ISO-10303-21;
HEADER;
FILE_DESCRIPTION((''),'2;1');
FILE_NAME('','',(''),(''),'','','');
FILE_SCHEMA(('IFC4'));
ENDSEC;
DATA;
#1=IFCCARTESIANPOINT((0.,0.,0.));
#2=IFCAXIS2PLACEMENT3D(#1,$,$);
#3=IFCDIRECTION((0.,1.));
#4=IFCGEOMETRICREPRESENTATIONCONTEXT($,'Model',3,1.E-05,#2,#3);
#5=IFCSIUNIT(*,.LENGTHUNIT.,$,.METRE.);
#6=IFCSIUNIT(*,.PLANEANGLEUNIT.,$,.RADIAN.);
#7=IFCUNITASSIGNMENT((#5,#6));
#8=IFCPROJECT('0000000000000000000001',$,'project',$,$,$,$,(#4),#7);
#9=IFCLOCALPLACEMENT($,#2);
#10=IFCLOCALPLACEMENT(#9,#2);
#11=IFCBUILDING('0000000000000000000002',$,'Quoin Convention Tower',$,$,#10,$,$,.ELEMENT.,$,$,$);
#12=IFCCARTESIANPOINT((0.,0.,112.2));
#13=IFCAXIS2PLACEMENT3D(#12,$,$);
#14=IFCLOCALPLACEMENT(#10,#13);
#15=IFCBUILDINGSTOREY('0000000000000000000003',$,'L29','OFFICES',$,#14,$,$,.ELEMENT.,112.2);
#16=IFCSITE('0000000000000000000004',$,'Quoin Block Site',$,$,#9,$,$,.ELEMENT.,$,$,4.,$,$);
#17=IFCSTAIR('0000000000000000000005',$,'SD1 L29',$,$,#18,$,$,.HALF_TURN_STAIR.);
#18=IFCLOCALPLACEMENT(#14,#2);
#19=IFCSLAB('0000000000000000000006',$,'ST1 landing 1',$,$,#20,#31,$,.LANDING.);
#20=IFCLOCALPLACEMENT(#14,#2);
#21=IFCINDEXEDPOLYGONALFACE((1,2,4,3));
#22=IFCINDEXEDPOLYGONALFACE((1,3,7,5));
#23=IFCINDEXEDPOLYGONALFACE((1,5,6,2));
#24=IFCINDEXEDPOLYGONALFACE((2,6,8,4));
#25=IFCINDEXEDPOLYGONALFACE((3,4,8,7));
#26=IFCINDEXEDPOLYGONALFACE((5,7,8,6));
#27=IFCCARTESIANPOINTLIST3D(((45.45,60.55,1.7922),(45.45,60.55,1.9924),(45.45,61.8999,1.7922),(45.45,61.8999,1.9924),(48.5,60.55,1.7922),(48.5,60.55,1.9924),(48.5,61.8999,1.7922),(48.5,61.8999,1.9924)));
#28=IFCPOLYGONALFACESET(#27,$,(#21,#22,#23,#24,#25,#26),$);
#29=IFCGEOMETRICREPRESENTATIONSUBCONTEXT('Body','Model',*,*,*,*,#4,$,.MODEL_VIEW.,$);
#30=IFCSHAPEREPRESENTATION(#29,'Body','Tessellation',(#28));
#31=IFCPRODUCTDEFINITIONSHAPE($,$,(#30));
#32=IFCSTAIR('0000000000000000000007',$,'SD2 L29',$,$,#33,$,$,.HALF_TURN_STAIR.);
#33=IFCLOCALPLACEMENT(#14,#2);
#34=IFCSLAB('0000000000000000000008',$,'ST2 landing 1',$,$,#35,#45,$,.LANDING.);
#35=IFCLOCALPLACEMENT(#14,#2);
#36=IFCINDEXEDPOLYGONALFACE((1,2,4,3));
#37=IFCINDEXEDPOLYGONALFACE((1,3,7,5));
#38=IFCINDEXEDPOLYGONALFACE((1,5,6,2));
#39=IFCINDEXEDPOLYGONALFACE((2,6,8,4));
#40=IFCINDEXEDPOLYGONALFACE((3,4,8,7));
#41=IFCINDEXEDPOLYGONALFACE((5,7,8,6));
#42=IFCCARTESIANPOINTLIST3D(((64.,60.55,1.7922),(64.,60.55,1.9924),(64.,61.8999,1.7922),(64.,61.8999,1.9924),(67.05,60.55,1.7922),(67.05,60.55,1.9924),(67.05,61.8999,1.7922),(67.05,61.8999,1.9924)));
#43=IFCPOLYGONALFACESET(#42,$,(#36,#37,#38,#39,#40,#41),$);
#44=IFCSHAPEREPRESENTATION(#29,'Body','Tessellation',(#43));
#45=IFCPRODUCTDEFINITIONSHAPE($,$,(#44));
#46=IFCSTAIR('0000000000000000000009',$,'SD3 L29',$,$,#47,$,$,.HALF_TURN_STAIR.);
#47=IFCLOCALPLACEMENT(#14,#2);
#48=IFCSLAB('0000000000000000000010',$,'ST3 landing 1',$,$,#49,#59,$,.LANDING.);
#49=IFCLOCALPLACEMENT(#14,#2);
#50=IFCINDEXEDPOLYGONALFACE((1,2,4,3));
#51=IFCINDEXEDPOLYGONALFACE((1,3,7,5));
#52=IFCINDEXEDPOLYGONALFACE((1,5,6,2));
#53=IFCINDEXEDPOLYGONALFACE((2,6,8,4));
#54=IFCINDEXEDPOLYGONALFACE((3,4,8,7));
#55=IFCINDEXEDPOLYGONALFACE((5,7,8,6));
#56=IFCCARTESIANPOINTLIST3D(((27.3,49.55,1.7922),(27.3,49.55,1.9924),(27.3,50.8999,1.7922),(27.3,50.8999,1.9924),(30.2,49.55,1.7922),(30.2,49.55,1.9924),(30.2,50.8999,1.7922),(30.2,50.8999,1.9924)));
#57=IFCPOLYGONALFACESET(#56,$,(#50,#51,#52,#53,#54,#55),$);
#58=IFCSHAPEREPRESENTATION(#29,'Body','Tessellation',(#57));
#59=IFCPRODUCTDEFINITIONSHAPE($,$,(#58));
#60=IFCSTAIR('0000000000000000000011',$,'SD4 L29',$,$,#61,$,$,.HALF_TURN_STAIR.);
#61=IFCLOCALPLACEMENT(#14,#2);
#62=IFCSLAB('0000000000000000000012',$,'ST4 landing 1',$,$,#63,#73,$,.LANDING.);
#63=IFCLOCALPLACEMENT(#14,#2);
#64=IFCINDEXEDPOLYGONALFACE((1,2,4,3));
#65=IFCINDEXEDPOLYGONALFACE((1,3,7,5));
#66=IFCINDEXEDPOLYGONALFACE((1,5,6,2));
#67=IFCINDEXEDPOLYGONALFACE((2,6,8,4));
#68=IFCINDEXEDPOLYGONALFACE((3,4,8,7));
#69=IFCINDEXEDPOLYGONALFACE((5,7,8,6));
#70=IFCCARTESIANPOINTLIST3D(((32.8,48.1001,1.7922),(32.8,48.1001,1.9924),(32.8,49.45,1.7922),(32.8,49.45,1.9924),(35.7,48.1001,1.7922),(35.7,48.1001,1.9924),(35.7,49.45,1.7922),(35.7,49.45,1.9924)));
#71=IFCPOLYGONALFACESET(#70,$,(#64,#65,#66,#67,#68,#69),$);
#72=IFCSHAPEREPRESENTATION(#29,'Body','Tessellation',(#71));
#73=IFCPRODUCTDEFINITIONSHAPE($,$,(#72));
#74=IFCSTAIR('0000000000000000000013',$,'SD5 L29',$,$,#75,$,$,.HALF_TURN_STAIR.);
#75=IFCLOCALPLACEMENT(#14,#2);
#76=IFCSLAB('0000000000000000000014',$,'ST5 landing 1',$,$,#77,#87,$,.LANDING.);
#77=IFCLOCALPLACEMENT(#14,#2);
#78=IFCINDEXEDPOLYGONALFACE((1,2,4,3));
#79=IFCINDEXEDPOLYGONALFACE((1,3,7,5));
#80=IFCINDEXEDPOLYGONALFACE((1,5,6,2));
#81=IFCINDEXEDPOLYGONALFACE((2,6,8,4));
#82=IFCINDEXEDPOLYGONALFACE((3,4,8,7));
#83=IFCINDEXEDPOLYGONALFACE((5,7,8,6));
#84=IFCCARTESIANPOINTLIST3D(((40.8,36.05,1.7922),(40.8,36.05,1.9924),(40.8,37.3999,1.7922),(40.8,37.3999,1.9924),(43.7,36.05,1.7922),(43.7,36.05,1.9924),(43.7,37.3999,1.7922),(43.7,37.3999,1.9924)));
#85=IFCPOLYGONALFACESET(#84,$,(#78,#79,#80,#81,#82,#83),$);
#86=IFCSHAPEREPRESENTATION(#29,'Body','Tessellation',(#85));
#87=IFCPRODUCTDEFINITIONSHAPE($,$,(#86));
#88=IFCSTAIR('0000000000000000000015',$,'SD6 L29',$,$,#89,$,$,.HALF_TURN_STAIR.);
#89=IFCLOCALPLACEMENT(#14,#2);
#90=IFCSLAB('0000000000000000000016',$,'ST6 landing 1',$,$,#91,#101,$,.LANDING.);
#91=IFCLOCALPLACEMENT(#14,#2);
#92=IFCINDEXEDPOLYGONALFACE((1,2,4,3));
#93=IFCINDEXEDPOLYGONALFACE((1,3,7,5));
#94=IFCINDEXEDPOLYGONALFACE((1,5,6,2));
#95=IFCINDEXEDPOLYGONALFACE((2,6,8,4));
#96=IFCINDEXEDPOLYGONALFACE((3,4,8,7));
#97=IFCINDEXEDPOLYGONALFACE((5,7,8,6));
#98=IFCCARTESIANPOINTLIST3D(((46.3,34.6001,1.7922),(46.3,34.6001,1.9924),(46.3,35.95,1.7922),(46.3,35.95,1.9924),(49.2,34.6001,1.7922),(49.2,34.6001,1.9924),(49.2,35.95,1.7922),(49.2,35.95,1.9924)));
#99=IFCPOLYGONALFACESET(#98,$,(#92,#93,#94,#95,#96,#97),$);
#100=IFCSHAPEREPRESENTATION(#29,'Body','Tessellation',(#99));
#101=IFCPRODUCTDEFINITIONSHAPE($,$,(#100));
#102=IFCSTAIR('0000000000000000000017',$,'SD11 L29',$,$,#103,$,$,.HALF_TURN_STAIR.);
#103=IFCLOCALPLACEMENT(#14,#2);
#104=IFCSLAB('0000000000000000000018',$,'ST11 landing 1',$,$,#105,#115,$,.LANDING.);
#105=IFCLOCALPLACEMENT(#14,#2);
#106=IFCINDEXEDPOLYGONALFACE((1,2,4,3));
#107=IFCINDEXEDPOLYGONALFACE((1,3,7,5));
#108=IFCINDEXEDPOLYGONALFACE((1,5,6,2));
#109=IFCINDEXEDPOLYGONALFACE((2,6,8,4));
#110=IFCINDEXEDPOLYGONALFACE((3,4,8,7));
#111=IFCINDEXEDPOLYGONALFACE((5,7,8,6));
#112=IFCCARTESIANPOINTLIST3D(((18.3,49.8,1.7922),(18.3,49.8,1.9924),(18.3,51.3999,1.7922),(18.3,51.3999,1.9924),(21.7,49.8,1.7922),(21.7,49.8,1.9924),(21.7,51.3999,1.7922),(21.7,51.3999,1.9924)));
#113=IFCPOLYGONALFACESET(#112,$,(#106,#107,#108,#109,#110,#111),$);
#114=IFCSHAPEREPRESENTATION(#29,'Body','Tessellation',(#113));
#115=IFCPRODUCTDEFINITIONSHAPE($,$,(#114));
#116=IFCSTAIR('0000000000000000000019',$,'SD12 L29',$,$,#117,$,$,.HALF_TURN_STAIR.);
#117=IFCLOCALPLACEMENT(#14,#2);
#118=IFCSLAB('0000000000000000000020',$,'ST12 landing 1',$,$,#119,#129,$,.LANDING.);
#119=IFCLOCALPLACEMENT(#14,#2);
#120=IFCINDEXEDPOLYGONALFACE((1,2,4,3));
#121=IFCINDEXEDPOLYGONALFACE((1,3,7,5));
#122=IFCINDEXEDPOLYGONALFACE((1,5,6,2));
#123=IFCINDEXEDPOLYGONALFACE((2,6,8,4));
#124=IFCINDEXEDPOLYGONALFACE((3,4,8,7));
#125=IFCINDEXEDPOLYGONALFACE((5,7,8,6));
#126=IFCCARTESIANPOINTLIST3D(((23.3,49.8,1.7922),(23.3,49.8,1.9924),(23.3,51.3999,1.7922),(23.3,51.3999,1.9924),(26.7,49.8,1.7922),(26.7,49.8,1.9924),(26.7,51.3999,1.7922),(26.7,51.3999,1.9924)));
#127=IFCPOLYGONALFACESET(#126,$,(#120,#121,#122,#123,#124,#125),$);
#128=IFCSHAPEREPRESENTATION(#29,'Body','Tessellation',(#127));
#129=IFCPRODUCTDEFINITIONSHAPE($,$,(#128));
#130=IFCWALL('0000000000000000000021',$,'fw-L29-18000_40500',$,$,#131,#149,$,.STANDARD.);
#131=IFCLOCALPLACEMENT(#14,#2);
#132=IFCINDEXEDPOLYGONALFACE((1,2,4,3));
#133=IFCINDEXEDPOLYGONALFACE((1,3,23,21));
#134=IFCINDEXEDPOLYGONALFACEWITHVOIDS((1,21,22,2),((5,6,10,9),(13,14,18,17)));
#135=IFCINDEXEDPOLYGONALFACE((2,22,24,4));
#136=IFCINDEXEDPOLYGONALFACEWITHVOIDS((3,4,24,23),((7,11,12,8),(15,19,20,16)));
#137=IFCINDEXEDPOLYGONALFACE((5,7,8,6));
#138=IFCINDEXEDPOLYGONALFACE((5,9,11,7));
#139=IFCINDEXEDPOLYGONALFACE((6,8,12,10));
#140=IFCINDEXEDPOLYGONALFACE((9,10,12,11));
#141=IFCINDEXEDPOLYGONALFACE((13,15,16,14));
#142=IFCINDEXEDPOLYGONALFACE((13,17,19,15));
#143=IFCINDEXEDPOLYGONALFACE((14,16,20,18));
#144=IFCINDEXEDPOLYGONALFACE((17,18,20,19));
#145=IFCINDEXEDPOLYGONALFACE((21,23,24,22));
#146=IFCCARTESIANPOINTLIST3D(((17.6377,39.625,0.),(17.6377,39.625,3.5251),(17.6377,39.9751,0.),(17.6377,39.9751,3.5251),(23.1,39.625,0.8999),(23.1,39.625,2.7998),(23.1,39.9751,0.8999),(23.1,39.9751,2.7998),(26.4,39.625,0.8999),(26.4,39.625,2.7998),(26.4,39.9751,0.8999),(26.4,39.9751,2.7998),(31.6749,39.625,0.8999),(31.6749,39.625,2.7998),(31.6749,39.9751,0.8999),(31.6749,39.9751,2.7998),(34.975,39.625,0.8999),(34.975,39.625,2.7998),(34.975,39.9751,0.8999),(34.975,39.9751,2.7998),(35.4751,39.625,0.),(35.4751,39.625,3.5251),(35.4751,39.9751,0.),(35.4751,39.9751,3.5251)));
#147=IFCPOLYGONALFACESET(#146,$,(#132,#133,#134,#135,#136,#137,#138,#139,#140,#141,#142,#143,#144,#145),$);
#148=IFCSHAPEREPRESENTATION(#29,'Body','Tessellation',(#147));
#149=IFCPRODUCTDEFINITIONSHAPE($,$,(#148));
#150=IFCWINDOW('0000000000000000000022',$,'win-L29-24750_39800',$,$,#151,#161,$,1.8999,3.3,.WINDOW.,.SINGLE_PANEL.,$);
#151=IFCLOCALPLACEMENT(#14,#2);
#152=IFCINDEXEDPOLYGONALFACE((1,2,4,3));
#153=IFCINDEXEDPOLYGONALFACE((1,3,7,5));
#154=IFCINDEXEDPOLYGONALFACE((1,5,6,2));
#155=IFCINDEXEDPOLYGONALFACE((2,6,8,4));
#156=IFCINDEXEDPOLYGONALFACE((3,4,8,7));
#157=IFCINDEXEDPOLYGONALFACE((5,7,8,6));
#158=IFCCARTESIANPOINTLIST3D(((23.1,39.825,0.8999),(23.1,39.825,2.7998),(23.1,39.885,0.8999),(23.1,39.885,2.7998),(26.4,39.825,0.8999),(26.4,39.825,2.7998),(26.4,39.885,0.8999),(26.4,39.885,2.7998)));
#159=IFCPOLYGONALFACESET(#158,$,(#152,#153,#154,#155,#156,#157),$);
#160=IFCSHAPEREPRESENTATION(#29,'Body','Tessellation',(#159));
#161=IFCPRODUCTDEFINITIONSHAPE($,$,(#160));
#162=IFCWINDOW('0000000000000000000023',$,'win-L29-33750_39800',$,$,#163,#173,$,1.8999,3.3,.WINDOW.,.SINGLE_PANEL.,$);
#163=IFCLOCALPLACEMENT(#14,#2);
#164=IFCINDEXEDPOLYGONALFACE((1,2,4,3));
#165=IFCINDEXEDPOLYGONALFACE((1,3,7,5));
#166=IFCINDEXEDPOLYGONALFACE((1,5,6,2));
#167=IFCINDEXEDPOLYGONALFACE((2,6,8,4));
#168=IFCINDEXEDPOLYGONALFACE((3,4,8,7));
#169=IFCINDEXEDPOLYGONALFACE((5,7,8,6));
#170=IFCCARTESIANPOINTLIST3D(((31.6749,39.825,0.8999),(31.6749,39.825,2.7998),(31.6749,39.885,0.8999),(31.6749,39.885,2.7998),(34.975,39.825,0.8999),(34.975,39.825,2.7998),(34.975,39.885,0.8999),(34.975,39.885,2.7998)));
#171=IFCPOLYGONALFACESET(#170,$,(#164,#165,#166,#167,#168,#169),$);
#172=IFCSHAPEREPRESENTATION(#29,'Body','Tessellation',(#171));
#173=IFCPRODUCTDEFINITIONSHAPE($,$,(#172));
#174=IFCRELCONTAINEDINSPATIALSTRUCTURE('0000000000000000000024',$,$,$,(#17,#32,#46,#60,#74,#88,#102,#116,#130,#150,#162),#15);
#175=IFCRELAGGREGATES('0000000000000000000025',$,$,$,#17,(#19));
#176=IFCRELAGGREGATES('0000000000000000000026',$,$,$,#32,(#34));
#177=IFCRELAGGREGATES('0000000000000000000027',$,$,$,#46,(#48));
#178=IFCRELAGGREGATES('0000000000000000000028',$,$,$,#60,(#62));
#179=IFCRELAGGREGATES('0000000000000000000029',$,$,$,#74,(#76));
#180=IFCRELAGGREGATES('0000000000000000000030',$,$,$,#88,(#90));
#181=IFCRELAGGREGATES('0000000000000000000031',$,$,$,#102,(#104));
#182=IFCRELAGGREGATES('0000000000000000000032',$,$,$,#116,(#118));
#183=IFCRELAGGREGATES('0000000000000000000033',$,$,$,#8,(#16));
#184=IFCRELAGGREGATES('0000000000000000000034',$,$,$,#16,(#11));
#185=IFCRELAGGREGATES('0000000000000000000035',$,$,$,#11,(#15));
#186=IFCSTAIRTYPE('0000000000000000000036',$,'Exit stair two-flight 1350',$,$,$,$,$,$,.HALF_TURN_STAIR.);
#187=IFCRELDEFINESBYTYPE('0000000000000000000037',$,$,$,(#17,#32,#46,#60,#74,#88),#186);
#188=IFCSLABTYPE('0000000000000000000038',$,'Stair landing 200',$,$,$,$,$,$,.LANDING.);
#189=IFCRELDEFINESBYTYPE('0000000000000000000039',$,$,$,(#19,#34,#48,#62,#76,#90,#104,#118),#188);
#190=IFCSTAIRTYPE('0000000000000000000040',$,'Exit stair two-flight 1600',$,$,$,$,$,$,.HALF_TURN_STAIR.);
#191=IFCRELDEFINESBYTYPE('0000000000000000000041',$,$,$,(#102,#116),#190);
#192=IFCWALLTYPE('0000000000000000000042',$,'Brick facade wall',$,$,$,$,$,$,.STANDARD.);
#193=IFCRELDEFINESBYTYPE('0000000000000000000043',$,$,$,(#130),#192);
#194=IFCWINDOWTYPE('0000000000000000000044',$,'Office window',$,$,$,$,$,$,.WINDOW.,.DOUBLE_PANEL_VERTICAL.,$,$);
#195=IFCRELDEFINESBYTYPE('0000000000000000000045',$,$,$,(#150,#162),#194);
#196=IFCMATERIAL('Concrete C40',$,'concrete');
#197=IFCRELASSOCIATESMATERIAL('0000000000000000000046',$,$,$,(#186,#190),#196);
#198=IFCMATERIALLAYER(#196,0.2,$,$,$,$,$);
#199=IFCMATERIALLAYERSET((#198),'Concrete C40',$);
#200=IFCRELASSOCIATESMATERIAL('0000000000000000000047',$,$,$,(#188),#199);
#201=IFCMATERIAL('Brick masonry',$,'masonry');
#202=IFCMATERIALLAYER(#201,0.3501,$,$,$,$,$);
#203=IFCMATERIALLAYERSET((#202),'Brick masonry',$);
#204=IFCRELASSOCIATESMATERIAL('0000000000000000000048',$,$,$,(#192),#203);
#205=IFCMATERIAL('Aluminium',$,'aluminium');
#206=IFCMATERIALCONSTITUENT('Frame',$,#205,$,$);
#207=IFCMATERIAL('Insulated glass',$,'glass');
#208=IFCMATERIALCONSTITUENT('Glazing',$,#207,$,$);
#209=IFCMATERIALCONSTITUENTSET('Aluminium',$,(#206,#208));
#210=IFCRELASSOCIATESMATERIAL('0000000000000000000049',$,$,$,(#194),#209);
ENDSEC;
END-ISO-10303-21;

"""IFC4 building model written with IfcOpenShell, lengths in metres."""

from ifc_helpers import new_model, si_unit, direction, frame, frame_2d, origin, place, context, subcontext, project, spatial, polyline, rectangle, outline, extrude, material, layer, layer_set, constituent, constituent_set, type_object, element, fill, aggregate, save


model = new_model("IFC4")

# Units and contexts
model_context = context("Model", 3, precision=1e-05, world=origin(), true_north=direction((0.0, 1.0)))
body_context = subcontext(model_context, "Body", "Model", "MODEL_VIEW")
ifc_project = project(units=[si_unit("LENGTHUNIT", "METRE"), si_unit("PLANEANGLEUNIT", "RADIAN")], contexts=[model_context])

# Site, building, storey
site_placement = place(None, origin())
site = spatial("IfcSite", under=ifc_project, at=site_placement, Name="Quoin Block Site", CompositionType="ELEMENT", RefElevation=4.0)
building_placement = place(site_placement, origin())
building = spatial("IfcBuilding", under=site, at=building_placement, Name="Quoin Convention Tower", CompositionType="ELEMENT")
storey_placement = place(building_placement, frame((0.0, 0.0, 112.2)))
storey = spatial("IfcBuildingStorey", under=building, at=storey_placement, Name="L29", Description="OFFICES", CompositionType="ELEMENT", Elevation=112.2)

# Shared definitions
ifc_material_1 = material(Name="Concrete C40", Category="concrete")

# Stairs, slabs
stair_type_1 = type_object("IfcStairType", Name="Exit stair two-flight 1350", PredefinedType="HALF_TURN_STAIR", material=ifc_material_1)
stair_1_placement = place(storey_placement, origin())
stair_1 = element("IfcStair", 1, at=stair_1_placement, inside=storey, type_object=stair_type_1, Name="SD1 L29", PredefinedType="HALF_TURN_STAIR")
ifc_layer_1 = layer(ifc_material_1, 0.2)
ifc_layer_set_1 = layer_set([ifc_layer_1], Name="Concrete C40")
slab_type_1 = type_object("IfcSlabType", Name="Stair landing 200", PredefinedType="LANDING", material=ifc_layer_set_1)
slab_1_placement = place(storey_placement, frame((0.0, 0.0, 1.7922)))
slab_1 = element("IfcSlab", 2, at=slab_1_placement, type_object=slab_type_1, Name="ST1 landing 1", PredefinedType="LANDING", context=body_context, shape_type="SweptSolid", body=[
    extrude(outline(polyline([(45.45, 60.55), (48.5, 60.55), (48.5, 61.8999), (45.45, 61.8999), (45.45, 60.55)])), origin(), (0.0, 0.0, 1.0), 0.2002),
])
aggregate(stair_1, [slab_1])
stair_2_placement = place(storey_placement, origin())
stair_2 = element("IfcStair", 3, at=stair_2_placement, inside=storey, type_object=stair_type_1, Name="SD2 L29", PredefinedType="HALF_TURN_STAIR")
slab_2_placement = place(storey_placement, frame((0.0, 0.0, 1.7922)))
slab_2 = element("IfcSlab", 4, at=slab_2_placement, type_object=slab_type_1, Name="ST2 landing 1", PredefinedType="LANDING", context=body_context, shape_type="SweptSolid", body=[
    extrude(outline(polyline([(64.0, 60.55), (67.05, 60.55), (67.05, 61.8999), (64.0, 61.8999), (64.0, 60.55)])), origin(), (0.0, 0.0, 1.0), 0.2002),
])
aggregate(stair_2, [slab_2])
stair_3_placement = place(storey_placement, origin())
stair_3 = element("IfcStair", 5, at=stair_3_placement, inside=storey, type_object=stair_type_1, Name="SD3 L29", PredefinedType="HALF_TURN_STAIR")
slab_3_placement = place(storey_placement, frame((0.0, 0.0, 1.7922)))
slab_3 = element("IfcSlab", 6, at=slab_3_placement, type_object=slab_type_1, Name="ST3 landing 1", PredefinedType="LANDING", context=body_context, shape_type="SweptSolid", body=[
    extrude(outline(polyline([(27.3, 49.55), (30.2, 49.55), (30.2, 50.8999), (27.3, 50.8999), (27.3, 49.55)])), origin(), (0.0, 0.0, 1.0), 0.2002),
])
aggregate(stair_3, [slab_3])
stair_4_placement = place(storey_placement, origin())
stair_4 = element("IfcStair", 7, at=stair_4_placement, inside=storey, type_object=stair_type_1, Name="SD4 L29", PredefinedType="HALF_TURN_STAIR")
slab_4_placement = place(storey_placement, frame((0.0, 0.0, 1.7922)))
slab_4 = element("IfcSlab", 8, at=slab_4_placement, type_object=slab_type_1, Name="ST4 landing 1", PredefinedType="LANDING", context=body_context, shape_type="SweptSolid", body=[
    extrude(outline(polyline([(35.7, 49.45), (32.8, 49.45), (32.8, 48.1001), (35.7, 48.1001), (35.7, 49.45)])), origin(), (0.0, 0.0, 1.0), 0.2002),
])
aggregate(stair_4, [slab_4])
stair_5_placement = place(storey_placement, origin())
stair_5 = element("IfcStair", 9, at=stair_5_placement, inside=storey, type_object=stair_type_1, Name="SD5 L29", PredefinedType="HALF_TURN_STAIR")
slab_5_placement = place(storey_placement, frame((0.0, 0.0, 1.7922)))
slab_5 = element("IfcSlab", 10, at=slab_5_placement, type_object=slab_type_1, Name="ST5 landing 1", PredefinedType="LANDING", context=body_context, shape_type="SweptSolid", body=[
    extrude(outline(polyline([(40.8, 36.05), (43.7, 36.05), (43.7, 37.3999), (40.8, 37.3999), (40.8, 36.05)])), origin(), (0.0, 0.0, 1.0), 0.2002),
])
aggregate(stair_5, [slab_5])
stair_6_placement = place(storey_placement, origin())
stair_6 = element("IfcStair", 11, at=stair_6_placement, inside=storey, type_object=stair_type_1, Name="SD6 L29", PredefinedType="HALF_TURN_STAIR")
slab_6_placement = place(storey_placement, frame((0.0, 0.0, 1.7922)))
slab_6 = element("IfcSlab", 12, at=slab_6_placement, type_object=slab_type_1, Name="ST6 landing 1", PredefinedType="LANDING", context=body_context, shape_type="SweptSolid", body=[
    extrude(outline(polyline([(49.2, 35.95), (46.3, 35.95), (46.3, 34.6001), (49.2, 34.6001), (49.2, 35.95)])), origin(), (0.0, 0.0, 1.0), 0.2002),
])
aggregate(stair_6, [slab_6])
stair_type_2 = type_object("IfcStairType", Name="Exit stair two-flight 1600", PredefinedType="HALF_TURN_STAIR", material=ifc_material_1)
stair_7_placement = place(storey_placement, origin())
stair_7 = element("IfcStair", 13, at=stair_7_placement, inside=storey, type_object=stair_type_2, Name="SD11 L29", PredefinedType="HALF_TURN_STAIR")
slab_7_placement = place(storey_placement, frame((0.0, 0.0, 1.7922)))
slab_7 = element("IfcSlab", 14, at=slab_7_placement, type_object=slab_type_1, Name="ST11 landing 1", PredefinedType="LANDING", context=body_context, shape_type="SweptSolid", body=[
    extrude(outline(polyline([(21.7, 51.3999), (18.3, 51.3999), (18.3, 49.8), (21.7, 49.8), (21.7, 51.3999)])), origin(), (0.0, 0.0, 1.0), 0.2002),
])
aggregate(stair_7, [slab_7])
stair_8_placement = place(storey_placement, origin())
stair_8 = element("IfcStair", 15, at=stair_8_placement, inside=storey, type_object=stair_type_2, Name="SD12 L29", PredefinedType="HALF_TURN_STAIR")
slab_8_placement = place(storey_placement, frame((0.0, 0.0, 1.7922)))
slab_8 = element("IfcSlab", 16, at=slab_8_placement, type_object=slab_type_1, Name="ST12 landing 1", PredefinedType="LANDING", context=body_context, shape_type="SweptSolid", body=[
    extrude(outline(polyline([(26.7, 51.3999), (23.3, 51.3999), (23.3, 49.8), (26.7, 49.8), (26.7, 51.3999)])), origin(), (0.0, 0.0, 1.0), 0.2002),
])
aggregate(stair_8, [slab_8])

# Wall, openings, windows
ifc_material_2 = material(Name="Brick masonry", Category="masonry")
ifc_layer_2 = layer(ifc_material_2, 0.3501)
ifc_layer_set_2 = layer_set([ifc_layer_2], Name="Brick masonry")
wall_type_1 = type_object("IfcWallType", Name="Brick facade wall", PredefinedType="STANDARD", material=ifc_layer_set_2)
wall_1_placement = place(storey_placement, frame((17.6377, 39.8, 0.0), z_axis=(0.0, 0.0, 1.0), x_axis=(1.0, 0.0, 0.0)))
wall_1 = element("IfcWall", 17, at=wall_1_placement, inside=storey, type_object=wall_type_1, Name="fw-L29-18000_40500", PredefinedType="STANDARD", context=body_context, shape_type="SweptSolid", body=[
    extrude(rectangle(XDim=17.8374, YDim=0.3501, at=frame_2d((8.9187, 0.0))), origin(), (0.0, 0.0, 1.0), 3.5251),
])
opening_1_placement = place(wall_1_placement, frame((5.4624, 0.0, 0.8999)))
opening_1 = element("IfcOpeningElement", 18, at=opening_1_placement, cuts=wall_1, PredefinedType="OPENING", context=body_context, shape_type="SweptSolid", body=[
    extrude(rectangle(XDim=3.3, YDim=1.8999, at=frame_2d((1.6499, 0.95))), frame((0.0, 0.1851, 0.0), z_axis=(0.0, -1.0, 0.0), x_axis=(1.0, 0.0, 0.0)), (0.0, 0.0, 1.0), 0.3701),
])
opening_2_placement = place(wall_1_placement, frame((14.0374, 0.0, 0.8999)))
opening_2 = element("IfcOpeningElement", 19, at=opening_2_placement, cuts=wall_1, PredefinedType="OPENING", context=body_context, shape_type="SweptSolid", body=[
    extrude(rectangle(XDim=3.3, YDim=1.8999, at=frame_2d((1.6499, 0.95))), frame((0.0, 0.1851, 0.0), z_axis=(0.0, -1.0, 0.0), x_axis=(1.0, 0.0, 0.0)), (0.0, 0.0, 1.0), 0.3701),
])
ifc_material_3 = material(Name="Aluminium", Category="aluminium")
ifc_constituent_1 = constituent(ifc_material_3, Name="Frame")
ifc_material_4 = material(Name="Insulated glass", Category="glass")
ifc_constituent_2 = constituent(ifc_material_4, Name="Glazing")
ifc_constituent_set = constituent_set(constituents=[ifc_constituent_1, ifc_constituent_2], Name="Aluminium")
window_type = type_object("IfcWindowType", Name="Office window", PartitioningType="DOUBLE_PANEL_VERTICAL", PredefinedType="WINDOW", material=ifc_constituent_set)
window_1_placement = place(opening_1_placement, origin())
window_1 = element("IfcWindow", 20, at=window_1_placement, inside=storey, type_object=window_type, Name="win-L29-24750_39800", OverallHeight=1.8999, OverallWidth=3.3, PartitioningType="SINGLE_PANEL", PredefinedType="WINDOW", context=body_context, shape_type="SweptSolid", body=[
    extrude(rectangle(XDim=3.3, YDim=1.8999, at=frame_2d((1.6499, 0.95))), frame((0.0, 0.085, 0.0), z_axis=(0.0, -1.0, 0.0), x_axis=(1.0, 0.0, 0.0)), (0.0, 0.0, 1.0), 0.0601),
])
fill(opening_1, window_1)
window_2_placement = place(opening_2_placement, origin())
window_2 = element("IfcWindow", 21, at=window_2_placement, inside=storey, type_object=window_type, Name="win-L29-33750_39800", OverallHeight=1.8999, OverallWidth=3.3, PartitioningType="SINGLE_PANEL", PredefinedType="WINDOW", context=body_context, shape_type="SweptSolid", body=[
    extrude(rectangle(XDim=3.3, YDim=1.8999, at=frame_2d((1.6499, 0.95))), frame((0.0, 0.085, 0.0), z_axis=(0.0, -1.0, 0.0), x_axis=(1.0, 0.0, 0.0)), (0.0, 0.0, 1.0), 0.0601),
])
fill(opening_2, window_2)

save(model, "model.ifc")
